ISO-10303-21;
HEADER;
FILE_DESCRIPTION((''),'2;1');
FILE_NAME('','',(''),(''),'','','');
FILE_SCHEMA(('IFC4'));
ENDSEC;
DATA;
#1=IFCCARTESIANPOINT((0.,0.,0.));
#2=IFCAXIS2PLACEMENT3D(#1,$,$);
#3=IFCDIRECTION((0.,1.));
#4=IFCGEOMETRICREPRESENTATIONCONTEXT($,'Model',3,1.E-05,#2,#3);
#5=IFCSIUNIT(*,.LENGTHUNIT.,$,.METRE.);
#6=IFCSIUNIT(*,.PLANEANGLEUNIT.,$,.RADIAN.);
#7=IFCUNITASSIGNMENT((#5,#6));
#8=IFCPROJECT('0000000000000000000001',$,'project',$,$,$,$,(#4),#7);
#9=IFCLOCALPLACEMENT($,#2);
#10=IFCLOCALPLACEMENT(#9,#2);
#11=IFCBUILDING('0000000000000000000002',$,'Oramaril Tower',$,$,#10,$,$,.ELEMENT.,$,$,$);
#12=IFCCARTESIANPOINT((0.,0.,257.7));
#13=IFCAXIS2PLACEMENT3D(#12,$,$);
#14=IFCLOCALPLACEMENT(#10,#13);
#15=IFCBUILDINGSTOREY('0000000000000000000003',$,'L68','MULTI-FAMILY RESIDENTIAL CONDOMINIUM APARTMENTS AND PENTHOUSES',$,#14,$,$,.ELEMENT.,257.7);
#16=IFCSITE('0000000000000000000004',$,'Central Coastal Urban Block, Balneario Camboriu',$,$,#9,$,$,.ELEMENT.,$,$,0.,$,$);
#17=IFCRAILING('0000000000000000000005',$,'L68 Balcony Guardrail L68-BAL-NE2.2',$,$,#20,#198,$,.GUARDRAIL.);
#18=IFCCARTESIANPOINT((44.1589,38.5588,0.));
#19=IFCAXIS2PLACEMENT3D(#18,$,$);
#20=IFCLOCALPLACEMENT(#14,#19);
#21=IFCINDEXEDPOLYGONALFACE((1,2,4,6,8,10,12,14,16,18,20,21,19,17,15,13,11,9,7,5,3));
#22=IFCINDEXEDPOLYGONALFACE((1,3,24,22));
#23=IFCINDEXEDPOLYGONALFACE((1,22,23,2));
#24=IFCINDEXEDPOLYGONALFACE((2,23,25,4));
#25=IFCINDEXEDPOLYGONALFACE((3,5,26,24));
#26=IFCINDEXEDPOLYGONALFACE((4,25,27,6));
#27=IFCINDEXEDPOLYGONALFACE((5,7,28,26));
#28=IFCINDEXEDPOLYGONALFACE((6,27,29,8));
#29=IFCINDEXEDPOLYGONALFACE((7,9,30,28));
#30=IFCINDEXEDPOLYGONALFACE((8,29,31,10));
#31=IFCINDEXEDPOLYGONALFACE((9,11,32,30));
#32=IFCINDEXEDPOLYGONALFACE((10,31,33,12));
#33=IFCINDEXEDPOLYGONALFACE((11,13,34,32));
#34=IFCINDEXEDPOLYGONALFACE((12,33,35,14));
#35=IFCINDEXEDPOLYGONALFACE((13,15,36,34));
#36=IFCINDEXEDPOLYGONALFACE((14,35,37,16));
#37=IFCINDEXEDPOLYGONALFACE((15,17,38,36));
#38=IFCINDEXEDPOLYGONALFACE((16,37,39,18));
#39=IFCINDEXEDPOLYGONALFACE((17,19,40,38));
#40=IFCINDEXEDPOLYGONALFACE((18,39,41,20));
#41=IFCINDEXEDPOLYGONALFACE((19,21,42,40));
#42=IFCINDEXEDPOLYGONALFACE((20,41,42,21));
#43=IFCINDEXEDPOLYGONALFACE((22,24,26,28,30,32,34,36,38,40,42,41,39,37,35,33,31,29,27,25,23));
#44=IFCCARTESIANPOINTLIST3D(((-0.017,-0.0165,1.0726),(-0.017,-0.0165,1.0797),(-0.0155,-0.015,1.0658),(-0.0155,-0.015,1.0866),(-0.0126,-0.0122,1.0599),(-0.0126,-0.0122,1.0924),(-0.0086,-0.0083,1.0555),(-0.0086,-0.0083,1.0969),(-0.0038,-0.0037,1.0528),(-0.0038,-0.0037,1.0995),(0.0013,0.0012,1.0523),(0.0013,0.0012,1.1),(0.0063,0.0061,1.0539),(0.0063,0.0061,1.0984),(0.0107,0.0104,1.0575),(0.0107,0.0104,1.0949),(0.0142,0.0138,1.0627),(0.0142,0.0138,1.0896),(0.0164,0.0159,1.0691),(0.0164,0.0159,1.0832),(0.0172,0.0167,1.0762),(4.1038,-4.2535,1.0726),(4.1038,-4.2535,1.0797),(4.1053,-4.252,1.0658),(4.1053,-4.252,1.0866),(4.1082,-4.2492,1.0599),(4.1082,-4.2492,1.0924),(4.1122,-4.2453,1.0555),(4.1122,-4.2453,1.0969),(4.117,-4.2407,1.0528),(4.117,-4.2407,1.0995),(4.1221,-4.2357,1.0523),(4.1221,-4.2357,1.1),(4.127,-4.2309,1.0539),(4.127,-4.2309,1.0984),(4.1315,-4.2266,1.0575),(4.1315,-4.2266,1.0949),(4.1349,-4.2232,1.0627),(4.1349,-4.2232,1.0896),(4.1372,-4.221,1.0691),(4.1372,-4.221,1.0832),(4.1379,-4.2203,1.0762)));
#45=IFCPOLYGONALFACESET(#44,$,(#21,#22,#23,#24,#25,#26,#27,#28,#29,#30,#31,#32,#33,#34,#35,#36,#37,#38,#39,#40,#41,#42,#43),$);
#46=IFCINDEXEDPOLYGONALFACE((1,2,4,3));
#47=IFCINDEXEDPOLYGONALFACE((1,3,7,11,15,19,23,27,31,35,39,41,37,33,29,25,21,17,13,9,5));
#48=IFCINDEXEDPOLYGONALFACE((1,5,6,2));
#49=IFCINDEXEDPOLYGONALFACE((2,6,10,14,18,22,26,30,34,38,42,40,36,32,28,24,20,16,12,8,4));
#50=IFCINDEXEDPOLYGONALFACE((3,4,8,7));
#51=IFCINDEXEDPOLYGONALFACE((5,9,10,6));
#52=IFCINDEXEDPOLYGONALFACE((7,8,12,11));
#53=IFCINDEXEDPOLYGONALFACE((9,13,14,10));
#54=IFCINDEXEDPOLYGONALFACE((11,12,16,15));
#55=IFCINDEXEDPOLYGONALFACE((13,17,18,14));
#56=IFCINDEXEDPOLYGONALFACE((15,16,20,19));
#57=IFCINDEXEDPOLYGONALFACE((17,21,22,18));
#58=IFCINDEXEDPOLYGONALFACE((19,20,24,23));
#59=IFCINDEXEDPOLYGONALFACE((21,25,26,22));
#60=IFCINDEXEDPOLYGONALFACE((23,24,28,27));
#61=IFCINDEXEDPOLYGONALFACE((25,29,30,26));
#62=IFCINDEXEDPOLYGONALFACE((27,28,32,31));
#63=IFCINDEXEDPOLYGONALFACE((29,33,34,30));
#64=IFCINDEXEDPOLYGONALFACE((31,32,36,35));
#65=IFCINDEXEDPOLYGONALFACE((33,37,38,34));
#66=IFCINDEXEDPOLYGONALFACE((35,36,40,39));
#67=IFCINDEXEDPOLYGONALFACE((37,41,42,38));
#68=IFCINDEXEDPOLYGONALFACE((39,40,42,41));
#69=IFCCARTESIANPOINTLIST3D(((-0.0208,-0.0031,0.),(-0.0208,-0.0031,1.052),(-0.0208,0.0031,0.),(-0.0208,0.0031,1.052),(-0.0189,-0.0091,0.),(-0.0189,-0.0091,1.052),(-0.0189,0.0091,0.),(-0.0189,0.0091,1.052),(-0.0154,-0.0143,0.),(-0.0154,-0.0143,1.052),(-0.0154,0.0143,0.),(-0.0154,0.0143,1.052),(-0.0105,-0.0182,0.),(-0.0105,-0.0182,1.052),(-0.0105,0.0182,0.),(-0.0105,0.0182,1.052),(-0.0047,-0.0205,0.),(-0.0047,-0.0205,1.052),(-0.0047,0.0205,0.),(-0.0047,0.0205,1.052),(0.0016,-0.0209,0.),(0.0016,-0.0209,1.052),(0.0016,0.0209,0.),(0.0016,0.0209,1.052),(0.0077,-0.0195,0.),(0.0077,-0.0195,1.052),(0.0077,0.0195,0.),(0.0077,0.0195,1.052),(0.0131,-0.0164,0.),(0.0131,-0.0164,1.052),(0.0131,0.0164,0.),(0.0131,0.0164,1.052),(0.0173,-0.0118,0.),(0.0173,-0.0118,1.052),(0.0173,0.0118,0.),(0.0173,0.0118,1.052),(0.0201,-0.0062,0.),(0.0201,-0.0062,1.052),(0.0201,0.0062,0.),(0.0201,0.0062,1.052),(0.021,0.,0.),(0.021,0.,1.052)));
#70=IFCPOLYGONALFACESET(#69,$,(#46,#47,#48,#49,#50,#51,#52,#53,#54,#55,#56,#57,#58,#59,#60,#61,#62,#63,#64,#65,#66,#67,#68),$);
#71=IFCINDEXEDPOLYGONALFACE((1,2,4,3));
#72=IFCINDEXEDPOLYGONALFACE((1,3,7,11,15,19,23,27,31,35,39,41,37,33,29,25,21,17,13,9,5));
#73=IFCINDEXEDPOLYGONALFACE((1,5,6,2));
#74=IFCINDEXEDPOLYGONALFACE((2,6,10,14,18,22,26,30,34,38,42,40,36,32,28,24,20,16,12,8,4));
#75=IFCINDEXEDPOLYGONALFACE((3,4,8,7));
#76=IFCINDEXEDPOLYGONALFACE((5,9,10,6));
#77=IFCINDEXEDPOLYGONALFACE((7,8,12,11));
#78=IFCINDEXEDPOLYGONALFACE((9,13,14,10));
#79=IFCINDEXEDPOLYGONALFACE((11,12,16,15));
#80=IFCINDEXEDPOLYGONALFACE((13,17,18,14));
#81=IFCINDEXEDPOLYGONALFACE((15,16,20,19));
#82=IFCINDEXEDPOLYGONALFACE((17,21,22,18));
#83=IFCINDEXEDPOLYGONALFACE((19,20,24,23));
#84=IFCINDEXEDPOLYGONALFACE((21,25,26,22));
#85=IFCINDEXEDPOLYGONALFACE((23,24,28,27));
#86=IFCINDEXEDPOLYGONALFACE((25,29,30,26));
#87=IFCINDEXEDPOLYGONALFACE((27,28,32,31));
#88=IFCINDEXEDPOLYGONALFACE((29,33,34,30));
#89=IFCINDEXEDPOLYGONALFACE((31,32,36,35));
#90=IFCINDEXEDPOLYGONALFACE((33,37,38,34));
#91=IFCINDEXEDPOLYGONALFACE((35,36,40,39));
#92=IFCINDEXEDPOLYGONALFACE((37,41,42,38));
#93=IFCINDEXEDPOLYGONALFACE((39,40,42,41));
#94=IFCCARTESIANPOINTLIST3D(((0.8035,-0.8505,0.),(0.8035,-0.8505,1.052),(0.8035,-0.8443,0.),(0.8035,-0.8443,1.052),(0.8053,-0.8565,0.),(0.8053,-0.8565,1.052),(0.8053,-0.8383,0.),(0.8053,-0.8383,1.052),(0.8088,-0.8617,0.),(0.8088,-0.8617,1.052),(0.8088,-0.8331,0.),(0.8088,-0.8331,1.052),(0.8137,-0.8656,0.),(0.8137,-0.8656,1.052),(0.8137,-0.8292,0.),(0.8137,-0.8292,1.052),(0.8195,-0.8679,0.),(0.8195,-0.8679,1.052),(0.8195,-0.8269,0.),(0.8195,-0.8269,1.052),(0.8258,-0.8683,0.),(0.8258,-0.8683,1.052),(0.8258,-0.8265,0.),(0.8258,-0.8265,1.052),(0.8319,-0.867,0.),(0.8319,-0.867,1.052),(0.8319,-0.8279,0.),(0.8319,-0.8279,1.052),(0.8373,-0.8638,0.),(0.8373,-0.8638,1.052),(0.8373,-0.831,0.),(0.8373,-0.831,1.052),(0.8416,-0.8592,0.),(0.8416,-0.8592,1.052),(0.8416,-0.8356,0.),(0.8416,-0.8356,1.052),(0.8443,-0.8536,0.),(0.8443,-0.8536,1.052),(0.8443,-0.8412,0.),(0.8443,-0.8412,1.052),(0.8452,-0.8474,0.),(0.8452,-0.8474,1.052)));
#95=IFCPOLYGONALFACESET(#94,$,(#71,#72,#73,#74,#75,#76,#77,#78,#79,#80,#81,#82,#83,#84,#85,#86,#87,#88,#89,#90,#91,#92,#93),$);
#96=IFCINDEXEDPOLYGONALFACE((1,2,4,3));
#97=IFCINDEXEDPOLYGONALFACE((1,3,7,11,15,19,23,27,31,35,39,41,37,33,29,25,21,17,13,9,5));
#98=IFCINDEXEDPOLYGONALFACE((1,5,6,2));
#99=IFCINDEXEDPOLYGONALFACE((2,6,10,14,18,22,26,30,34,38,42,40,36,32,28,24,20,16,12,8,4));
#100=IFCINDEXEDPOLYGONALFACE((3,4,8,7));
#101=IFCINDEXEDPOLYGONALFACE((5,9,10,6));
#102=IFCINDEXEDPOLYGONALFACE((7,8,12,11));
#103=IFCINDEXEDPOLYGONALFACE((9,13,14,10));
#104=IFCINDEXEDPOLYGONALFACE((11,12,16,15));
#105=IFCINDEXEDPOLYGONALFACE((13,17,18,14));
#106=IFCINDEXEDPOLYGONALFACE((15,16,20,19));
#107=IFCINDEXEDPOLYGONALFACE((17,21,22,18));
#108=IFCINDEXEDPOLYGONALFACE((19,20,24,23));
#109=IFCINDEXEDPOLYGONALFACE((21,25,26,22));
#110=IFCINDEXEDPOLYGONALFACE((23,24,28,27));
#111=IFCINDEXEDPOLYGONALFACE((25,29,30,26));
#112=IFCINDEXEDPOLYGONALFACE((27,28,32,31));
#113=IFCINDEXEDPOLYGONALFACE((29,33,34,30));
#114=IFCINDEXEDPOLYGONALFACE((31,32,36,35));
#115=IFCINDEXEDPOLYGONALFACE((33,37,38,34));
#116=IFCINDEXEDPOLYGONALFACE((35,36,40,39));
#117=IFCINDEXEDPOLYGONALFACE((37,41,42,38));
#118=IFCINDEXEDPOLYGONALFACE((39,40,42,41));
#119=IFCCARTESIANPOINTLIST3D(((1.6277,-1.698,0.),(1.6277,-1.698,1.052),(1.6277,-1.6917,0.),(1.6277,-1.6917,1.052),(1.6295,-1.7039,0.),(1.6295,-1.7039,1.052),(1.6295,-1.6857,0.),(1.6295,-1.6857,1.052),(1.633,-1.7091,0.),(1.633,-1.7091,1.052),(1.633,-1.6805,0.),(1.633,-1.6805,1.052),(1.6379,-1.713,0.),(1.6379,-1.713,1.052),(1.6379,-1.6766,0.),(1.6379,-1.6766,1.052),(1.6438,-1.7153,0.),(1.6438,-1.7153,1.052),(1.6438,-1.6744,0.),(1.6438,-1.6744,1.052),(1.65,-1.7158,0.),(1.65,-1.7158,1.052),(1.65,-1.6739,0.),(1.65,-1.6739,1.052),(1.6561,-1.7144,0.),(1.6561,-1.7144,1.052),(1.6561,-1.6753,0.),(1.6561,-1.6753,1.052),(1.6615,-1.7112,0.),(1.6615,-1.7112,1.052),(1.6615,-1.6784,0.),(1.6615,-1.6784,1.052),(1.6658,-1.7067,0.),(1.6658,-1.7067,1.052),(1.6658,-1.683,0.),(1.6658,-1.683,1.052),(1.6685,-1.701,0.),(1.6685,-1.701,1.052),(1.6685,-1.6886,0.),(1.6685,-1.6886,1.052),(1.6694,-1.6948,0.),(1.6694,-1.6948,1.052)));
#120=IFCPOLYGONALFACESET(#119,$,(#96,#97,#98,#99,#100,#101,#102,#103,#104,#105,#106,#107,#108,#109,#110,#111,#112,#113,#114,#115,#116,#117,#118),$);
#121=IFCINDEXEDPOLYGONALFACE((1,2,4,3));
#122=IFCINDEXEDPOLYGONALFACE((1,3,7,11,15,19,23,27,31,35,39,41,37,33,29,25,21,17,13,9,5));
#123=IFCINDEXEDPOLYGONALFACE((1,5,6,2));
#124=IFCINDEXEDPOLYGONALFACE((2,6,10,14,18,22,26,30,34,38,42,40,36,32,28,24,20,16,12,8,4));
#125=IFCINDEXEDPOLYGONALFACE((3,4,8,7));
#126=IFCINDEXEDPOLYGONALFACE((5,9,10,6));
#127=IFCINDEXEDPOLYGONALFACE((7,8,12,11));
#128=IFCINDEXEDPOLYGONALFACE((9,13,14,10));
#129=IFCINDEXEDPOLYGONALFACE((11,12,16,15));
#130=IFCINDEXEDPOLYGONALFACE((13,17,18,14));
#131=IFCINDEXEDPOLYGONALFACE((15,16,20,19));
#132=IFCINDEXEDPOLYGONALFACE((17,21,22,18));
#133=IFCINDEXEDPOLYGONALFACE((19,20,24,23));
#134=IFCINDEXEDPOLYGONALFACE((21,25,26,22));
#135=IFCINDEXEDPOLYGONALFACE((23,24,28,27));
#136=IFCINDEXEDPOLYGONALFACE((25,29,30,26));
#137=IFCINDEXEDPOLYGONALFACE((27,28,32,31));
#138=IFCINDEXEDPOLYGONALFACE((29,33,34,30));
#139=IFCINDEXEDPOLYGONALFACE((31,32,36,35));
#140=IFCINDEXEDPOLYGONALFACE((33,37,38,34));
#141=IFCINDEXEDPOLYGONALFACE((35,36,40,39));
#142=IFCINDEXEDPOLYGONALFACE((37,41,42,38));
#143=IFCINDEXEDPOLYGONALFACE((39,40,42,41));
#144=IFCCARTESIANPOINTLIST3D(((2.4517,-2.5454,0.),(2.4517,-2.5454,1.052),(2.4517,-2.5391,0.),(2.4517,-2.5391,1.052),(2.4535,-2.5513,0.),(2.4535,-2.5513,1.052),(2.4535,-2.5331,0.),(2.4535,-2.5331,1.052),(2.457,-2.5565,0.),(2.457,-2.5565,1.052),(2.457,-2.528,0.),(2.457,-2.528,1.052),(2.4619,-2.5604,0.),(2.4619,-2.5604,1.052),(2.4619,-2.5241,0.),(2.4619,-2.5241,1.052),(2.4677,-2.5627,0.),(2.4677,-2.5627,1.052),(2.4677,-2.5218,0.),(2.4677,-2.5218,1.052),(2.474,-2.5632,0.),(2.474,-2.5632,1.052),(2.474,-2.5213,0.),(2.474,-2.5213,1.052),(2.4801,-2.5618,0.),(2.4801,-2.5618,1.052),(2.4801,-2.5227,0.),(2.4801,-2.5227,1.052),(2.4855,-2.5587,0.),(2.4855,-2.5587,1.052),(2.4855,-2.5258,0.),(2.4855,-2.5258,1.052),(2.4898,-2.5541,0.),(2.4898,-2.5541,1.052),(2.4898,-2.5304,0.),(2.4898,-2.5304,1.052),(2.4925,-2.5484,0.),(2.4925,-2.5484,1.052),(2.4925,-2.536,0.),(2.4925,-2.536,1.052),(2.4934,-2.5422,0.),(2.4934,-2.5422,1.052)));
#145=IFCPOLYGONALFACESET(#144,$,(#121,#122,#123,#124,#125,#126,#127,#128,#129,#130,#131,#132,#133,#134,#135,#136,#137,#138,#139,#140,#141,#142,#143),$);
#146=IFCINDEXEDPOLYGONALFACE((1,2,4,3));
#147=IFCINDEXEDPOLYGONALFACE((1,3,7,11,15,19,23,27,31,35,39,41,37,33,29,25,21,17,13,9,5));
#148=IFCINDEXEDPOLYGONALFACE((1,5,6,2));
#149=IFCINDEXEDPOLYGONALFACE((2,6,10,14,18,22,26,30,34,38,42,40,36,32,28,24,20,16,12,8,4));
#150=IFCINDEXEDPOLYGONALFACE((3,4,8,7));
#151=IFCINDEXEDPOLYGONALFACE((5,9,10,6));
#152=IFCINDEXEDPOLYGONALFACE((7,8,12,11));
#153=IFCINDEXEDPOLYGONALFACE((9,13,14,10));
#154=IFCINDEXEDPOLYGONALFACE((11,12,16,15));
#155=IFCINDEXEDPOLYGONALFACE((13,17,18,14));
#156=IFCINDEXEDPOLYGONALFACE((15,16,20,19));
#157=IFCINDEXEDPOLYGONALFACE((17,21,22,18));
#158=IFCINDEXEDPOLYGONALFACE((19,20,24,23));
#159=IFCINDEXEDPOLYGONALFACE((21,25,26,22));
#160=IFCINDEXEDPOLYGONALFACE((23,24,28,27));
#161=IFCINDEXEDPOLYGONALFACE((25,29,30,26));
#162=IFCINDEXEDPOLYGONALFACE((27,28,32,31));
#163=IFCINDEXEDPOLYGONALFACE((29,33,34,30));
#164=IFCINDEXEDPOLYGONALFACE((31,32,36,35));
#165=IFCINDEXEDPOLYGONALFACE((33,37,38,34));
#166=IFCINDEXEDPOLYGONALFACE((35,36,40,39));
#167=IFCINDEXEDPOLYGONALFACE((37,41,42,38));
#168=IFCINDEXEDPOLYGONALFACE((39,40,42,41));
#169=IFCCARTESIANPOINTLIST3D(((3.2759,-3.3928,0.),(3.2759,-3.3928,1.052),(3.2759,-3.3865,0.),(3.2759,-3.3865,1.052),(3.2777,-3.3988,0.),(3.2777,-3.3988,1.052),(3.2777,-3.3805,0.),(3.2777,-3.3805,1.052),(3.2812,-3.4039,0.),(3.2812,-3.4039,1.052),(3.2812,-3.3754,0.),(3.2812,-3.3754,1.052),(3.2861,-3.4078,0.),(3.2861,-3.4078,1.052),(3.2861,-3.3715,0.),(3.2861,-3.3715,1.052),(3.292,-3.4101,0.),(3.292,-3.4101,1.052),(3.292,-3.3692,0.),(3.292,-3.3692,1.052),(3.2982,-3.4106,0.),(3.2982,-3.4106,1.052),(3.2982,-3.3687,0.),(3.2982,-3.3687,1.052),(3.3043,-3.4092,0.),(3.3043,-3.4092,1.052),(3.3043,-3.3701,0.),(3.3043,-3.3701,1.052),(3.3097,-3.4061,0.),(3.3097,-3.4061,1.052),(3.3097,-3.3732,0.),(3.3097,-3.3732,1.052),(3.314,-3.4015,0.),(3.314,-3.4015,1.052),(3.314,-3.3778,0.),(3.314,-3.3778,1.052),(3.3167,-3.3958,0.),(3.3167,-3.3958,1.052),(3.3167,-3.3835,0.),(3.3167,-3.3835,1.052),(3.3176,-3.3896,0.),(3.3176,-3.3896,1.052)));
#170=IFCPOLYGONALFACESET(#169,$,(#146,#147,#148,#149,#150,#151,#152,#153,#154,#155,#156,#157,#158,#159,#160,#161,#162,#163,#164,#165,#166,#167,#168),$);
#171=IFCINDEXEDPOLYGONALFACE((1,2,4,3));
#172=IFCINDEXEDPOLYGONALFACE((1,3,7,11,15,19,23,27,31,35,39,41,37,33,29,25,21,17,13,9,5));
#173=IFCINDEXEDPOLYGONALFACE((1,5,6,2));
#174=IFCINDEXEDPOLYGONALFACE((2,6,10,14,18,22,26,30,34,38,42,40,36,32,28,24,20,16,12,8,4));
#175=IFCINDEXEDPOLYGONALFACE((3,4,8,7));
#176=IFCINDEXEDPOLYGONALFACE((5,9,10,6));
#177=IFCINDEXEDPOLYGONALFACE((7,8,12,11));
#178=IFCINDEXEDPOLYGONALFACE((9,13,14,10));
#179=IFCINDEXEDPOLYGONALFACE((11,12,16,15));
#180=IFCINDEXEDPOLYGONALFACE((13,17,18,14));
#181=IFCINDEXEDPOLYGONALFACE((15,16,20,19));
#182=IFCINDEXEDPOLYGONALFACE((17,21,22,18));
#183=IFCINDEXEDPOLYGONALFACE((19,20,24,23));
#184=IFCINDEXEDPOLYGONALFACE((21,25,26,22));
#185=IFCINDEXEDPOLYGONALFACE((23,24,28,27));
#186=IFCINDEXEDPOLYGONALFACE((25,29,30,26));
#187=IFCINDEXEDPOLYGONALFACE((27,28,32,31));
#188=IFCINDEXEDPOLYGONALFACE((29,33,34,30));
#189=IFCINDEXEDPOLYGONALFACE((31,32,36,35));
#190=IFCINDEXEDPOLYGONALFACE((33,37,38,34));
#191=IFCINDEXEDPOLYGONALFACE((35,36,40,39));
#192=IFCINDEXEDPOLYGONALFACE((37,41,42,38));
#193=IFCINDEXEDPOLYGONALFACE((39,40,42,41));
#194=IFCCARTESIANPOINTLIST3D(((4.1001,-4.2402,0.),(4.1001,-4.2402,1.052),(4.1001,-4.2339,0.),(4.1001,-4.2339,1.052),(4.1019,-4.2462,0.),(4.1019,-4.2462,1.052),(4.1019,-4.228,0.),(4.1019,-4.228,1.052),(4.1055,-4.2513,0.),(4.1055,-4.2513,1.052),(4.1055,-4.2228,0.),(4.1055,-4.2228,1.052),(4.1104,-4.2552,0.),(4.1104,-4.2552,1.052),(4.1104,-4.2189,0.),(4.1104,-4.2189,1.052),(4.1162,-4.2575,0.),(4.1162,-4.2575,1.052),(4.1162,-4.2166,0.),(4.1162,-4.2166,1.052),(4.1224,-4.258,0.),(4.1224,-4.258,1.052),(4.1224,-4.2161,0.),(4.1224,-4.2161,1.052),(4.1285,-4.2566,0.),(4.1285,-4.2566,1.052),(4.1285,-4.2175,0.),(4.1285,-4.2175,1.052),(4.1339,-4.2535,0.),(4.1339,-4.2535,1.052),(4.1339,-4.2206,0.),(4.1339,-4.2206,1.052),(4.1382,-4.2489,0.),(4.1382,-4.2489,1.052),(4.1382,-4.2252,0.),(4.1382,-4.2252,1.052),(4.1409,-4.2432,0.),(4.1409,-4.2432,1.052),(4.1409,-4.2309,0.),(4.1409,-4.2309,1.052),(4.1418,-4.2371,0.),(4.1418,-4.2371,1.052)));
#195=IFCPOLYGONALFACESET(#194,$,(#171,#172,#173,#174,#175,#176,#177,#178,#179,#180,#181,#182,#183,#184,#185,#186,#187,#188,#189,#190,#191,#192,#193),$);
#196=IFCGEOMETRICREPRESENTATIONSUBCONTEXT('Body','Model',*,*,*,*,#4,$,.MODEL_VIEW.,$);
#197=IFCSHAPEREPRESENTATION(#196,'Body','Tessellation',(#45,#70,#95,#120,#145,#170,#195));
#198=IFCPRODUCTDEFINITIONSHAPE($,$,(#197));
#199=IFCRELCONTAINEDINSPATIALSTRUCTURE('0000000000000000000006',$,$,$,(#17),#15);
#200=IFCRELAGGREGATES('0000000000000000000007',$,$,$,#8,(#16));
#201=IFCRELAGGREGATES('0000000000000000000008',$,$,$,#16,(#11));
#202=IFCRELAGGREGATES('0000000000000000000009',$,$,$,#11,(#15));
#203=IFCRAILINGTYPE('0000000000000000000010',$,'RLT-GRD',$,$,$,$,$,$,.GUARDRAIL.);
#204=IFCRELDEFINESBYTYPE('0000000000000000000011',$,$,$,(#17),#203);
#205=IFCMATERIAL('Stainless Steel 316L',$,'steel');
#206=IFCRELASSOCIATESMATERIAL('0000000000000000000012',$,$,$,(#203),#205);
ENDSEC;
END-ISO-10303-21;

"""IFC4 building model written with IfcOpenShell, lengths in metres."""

from ifc_helpers import new_model, si_unit, direction, frame, origin, origin_2d, place, context, subcontext, project, spatial, circle, extrude, material, type_object, element, save


model = new_model("IFC4")

# Units and contexts
model_context = context("Model", 3, precision=1e-05, world=origin(), true_north=direction((0.0, 1.0)))
body_context = subcontext(model_context, "Body", "Model", "MODEL_VIEW")
ifc_project = project(units=[si_unit("LENGTHUNIT", "METRE"), si_unit("PLANEANGLEUNIT", "RADIAN")], contexts=[model_context])

# Site, building, storey
site_placement = place(None, origin())
site = spatial("IfcSite", under=ifc_project, at=site_placement, Name="Central Coastal Urban Block, Balneario Camboriu", CompositionType="ELEMENT", RefElevation=0.0)
building_placement = place(site_placement, origin())
building = spatial("IfcBuilding", under=site, at=building_placement, Name="Oramaril Tower", CompositionType="ELEMENT")
storey_placement = place(building_placement, frame((0.0, 0.0, 257.7)))
storey = spatial("IfcBuildingStorey", under=building, at=storey_placement, Name="L68", Description="MULTI-FAMILY RESIDENTIAL CONDOMINIUM APARTMENTS AND PENTHOUSES", CompositionType="ELEMENT", Elevation=257.7)

# Railing
ifc_material_1 = material(Name="Stainless Steel 316L", Category="steel")
railing_type = type_object("IfcRailingType", Name="RLT-GRD", PredefinedType="GUARDRAIL", material=ifc_material_1)
railing_1_placement = place(storey_placement, frame((44.1589, 38.5588, 0.0)))
element("IfcRailing", 1, at=railing_1_placement, inside=storey, type_object=railing_type, Name="L68 Balcony Guardrail L68-BAL-NE2.2", PredefinedType="GUARDRAIL", context=body_context, shape_type="SweptSolid", body=[
    extrude(circle(Radius=0.0239, at=origin_2d()), frame((0.0, 0.0, 1.0762), z_axis=(0.697208, -0.716869, 0.0), x_axis=(0.716869, 0.697208, 0.0)), (0.0, 0.0, 1.0), 5.9104),
    extrude(circle(Radius=0.021, at=origin_2d()), origin(), (0.0, 0.0, 1.0), 1.052),
    extrude(circle(Radius=0.021, at=origin_2d()), frame((0.8242, -0.8474, 0.0)), (0.0, 0.0, 1.0), 1.052),
    extrude(circle(Radius=0.021, at=origin_2d()), frame((1.6484, -1.6948, 0.0)), (0.0, 0.0, 1.0), 1.052),
    extrude(circle(Radius=0.021, at=origin_2d()), frame((2.4724, -2.5422, 0.0)), (0.0, 0.0, 1.0), 1.052),
    extrude(circle(Radius=0.021, at=origin_2d()), frame((3.2966, -3.3896, 0.0)), (0.0, 0.0, 1.0), 1.052),
    extrude(circle(Radius=0.021, at=origin_2d()), frame((4.1208, -4.2371, 0.0)), (0.0, 0.0, 1.0), 1.052),
])

save(model, "model.ifc")
